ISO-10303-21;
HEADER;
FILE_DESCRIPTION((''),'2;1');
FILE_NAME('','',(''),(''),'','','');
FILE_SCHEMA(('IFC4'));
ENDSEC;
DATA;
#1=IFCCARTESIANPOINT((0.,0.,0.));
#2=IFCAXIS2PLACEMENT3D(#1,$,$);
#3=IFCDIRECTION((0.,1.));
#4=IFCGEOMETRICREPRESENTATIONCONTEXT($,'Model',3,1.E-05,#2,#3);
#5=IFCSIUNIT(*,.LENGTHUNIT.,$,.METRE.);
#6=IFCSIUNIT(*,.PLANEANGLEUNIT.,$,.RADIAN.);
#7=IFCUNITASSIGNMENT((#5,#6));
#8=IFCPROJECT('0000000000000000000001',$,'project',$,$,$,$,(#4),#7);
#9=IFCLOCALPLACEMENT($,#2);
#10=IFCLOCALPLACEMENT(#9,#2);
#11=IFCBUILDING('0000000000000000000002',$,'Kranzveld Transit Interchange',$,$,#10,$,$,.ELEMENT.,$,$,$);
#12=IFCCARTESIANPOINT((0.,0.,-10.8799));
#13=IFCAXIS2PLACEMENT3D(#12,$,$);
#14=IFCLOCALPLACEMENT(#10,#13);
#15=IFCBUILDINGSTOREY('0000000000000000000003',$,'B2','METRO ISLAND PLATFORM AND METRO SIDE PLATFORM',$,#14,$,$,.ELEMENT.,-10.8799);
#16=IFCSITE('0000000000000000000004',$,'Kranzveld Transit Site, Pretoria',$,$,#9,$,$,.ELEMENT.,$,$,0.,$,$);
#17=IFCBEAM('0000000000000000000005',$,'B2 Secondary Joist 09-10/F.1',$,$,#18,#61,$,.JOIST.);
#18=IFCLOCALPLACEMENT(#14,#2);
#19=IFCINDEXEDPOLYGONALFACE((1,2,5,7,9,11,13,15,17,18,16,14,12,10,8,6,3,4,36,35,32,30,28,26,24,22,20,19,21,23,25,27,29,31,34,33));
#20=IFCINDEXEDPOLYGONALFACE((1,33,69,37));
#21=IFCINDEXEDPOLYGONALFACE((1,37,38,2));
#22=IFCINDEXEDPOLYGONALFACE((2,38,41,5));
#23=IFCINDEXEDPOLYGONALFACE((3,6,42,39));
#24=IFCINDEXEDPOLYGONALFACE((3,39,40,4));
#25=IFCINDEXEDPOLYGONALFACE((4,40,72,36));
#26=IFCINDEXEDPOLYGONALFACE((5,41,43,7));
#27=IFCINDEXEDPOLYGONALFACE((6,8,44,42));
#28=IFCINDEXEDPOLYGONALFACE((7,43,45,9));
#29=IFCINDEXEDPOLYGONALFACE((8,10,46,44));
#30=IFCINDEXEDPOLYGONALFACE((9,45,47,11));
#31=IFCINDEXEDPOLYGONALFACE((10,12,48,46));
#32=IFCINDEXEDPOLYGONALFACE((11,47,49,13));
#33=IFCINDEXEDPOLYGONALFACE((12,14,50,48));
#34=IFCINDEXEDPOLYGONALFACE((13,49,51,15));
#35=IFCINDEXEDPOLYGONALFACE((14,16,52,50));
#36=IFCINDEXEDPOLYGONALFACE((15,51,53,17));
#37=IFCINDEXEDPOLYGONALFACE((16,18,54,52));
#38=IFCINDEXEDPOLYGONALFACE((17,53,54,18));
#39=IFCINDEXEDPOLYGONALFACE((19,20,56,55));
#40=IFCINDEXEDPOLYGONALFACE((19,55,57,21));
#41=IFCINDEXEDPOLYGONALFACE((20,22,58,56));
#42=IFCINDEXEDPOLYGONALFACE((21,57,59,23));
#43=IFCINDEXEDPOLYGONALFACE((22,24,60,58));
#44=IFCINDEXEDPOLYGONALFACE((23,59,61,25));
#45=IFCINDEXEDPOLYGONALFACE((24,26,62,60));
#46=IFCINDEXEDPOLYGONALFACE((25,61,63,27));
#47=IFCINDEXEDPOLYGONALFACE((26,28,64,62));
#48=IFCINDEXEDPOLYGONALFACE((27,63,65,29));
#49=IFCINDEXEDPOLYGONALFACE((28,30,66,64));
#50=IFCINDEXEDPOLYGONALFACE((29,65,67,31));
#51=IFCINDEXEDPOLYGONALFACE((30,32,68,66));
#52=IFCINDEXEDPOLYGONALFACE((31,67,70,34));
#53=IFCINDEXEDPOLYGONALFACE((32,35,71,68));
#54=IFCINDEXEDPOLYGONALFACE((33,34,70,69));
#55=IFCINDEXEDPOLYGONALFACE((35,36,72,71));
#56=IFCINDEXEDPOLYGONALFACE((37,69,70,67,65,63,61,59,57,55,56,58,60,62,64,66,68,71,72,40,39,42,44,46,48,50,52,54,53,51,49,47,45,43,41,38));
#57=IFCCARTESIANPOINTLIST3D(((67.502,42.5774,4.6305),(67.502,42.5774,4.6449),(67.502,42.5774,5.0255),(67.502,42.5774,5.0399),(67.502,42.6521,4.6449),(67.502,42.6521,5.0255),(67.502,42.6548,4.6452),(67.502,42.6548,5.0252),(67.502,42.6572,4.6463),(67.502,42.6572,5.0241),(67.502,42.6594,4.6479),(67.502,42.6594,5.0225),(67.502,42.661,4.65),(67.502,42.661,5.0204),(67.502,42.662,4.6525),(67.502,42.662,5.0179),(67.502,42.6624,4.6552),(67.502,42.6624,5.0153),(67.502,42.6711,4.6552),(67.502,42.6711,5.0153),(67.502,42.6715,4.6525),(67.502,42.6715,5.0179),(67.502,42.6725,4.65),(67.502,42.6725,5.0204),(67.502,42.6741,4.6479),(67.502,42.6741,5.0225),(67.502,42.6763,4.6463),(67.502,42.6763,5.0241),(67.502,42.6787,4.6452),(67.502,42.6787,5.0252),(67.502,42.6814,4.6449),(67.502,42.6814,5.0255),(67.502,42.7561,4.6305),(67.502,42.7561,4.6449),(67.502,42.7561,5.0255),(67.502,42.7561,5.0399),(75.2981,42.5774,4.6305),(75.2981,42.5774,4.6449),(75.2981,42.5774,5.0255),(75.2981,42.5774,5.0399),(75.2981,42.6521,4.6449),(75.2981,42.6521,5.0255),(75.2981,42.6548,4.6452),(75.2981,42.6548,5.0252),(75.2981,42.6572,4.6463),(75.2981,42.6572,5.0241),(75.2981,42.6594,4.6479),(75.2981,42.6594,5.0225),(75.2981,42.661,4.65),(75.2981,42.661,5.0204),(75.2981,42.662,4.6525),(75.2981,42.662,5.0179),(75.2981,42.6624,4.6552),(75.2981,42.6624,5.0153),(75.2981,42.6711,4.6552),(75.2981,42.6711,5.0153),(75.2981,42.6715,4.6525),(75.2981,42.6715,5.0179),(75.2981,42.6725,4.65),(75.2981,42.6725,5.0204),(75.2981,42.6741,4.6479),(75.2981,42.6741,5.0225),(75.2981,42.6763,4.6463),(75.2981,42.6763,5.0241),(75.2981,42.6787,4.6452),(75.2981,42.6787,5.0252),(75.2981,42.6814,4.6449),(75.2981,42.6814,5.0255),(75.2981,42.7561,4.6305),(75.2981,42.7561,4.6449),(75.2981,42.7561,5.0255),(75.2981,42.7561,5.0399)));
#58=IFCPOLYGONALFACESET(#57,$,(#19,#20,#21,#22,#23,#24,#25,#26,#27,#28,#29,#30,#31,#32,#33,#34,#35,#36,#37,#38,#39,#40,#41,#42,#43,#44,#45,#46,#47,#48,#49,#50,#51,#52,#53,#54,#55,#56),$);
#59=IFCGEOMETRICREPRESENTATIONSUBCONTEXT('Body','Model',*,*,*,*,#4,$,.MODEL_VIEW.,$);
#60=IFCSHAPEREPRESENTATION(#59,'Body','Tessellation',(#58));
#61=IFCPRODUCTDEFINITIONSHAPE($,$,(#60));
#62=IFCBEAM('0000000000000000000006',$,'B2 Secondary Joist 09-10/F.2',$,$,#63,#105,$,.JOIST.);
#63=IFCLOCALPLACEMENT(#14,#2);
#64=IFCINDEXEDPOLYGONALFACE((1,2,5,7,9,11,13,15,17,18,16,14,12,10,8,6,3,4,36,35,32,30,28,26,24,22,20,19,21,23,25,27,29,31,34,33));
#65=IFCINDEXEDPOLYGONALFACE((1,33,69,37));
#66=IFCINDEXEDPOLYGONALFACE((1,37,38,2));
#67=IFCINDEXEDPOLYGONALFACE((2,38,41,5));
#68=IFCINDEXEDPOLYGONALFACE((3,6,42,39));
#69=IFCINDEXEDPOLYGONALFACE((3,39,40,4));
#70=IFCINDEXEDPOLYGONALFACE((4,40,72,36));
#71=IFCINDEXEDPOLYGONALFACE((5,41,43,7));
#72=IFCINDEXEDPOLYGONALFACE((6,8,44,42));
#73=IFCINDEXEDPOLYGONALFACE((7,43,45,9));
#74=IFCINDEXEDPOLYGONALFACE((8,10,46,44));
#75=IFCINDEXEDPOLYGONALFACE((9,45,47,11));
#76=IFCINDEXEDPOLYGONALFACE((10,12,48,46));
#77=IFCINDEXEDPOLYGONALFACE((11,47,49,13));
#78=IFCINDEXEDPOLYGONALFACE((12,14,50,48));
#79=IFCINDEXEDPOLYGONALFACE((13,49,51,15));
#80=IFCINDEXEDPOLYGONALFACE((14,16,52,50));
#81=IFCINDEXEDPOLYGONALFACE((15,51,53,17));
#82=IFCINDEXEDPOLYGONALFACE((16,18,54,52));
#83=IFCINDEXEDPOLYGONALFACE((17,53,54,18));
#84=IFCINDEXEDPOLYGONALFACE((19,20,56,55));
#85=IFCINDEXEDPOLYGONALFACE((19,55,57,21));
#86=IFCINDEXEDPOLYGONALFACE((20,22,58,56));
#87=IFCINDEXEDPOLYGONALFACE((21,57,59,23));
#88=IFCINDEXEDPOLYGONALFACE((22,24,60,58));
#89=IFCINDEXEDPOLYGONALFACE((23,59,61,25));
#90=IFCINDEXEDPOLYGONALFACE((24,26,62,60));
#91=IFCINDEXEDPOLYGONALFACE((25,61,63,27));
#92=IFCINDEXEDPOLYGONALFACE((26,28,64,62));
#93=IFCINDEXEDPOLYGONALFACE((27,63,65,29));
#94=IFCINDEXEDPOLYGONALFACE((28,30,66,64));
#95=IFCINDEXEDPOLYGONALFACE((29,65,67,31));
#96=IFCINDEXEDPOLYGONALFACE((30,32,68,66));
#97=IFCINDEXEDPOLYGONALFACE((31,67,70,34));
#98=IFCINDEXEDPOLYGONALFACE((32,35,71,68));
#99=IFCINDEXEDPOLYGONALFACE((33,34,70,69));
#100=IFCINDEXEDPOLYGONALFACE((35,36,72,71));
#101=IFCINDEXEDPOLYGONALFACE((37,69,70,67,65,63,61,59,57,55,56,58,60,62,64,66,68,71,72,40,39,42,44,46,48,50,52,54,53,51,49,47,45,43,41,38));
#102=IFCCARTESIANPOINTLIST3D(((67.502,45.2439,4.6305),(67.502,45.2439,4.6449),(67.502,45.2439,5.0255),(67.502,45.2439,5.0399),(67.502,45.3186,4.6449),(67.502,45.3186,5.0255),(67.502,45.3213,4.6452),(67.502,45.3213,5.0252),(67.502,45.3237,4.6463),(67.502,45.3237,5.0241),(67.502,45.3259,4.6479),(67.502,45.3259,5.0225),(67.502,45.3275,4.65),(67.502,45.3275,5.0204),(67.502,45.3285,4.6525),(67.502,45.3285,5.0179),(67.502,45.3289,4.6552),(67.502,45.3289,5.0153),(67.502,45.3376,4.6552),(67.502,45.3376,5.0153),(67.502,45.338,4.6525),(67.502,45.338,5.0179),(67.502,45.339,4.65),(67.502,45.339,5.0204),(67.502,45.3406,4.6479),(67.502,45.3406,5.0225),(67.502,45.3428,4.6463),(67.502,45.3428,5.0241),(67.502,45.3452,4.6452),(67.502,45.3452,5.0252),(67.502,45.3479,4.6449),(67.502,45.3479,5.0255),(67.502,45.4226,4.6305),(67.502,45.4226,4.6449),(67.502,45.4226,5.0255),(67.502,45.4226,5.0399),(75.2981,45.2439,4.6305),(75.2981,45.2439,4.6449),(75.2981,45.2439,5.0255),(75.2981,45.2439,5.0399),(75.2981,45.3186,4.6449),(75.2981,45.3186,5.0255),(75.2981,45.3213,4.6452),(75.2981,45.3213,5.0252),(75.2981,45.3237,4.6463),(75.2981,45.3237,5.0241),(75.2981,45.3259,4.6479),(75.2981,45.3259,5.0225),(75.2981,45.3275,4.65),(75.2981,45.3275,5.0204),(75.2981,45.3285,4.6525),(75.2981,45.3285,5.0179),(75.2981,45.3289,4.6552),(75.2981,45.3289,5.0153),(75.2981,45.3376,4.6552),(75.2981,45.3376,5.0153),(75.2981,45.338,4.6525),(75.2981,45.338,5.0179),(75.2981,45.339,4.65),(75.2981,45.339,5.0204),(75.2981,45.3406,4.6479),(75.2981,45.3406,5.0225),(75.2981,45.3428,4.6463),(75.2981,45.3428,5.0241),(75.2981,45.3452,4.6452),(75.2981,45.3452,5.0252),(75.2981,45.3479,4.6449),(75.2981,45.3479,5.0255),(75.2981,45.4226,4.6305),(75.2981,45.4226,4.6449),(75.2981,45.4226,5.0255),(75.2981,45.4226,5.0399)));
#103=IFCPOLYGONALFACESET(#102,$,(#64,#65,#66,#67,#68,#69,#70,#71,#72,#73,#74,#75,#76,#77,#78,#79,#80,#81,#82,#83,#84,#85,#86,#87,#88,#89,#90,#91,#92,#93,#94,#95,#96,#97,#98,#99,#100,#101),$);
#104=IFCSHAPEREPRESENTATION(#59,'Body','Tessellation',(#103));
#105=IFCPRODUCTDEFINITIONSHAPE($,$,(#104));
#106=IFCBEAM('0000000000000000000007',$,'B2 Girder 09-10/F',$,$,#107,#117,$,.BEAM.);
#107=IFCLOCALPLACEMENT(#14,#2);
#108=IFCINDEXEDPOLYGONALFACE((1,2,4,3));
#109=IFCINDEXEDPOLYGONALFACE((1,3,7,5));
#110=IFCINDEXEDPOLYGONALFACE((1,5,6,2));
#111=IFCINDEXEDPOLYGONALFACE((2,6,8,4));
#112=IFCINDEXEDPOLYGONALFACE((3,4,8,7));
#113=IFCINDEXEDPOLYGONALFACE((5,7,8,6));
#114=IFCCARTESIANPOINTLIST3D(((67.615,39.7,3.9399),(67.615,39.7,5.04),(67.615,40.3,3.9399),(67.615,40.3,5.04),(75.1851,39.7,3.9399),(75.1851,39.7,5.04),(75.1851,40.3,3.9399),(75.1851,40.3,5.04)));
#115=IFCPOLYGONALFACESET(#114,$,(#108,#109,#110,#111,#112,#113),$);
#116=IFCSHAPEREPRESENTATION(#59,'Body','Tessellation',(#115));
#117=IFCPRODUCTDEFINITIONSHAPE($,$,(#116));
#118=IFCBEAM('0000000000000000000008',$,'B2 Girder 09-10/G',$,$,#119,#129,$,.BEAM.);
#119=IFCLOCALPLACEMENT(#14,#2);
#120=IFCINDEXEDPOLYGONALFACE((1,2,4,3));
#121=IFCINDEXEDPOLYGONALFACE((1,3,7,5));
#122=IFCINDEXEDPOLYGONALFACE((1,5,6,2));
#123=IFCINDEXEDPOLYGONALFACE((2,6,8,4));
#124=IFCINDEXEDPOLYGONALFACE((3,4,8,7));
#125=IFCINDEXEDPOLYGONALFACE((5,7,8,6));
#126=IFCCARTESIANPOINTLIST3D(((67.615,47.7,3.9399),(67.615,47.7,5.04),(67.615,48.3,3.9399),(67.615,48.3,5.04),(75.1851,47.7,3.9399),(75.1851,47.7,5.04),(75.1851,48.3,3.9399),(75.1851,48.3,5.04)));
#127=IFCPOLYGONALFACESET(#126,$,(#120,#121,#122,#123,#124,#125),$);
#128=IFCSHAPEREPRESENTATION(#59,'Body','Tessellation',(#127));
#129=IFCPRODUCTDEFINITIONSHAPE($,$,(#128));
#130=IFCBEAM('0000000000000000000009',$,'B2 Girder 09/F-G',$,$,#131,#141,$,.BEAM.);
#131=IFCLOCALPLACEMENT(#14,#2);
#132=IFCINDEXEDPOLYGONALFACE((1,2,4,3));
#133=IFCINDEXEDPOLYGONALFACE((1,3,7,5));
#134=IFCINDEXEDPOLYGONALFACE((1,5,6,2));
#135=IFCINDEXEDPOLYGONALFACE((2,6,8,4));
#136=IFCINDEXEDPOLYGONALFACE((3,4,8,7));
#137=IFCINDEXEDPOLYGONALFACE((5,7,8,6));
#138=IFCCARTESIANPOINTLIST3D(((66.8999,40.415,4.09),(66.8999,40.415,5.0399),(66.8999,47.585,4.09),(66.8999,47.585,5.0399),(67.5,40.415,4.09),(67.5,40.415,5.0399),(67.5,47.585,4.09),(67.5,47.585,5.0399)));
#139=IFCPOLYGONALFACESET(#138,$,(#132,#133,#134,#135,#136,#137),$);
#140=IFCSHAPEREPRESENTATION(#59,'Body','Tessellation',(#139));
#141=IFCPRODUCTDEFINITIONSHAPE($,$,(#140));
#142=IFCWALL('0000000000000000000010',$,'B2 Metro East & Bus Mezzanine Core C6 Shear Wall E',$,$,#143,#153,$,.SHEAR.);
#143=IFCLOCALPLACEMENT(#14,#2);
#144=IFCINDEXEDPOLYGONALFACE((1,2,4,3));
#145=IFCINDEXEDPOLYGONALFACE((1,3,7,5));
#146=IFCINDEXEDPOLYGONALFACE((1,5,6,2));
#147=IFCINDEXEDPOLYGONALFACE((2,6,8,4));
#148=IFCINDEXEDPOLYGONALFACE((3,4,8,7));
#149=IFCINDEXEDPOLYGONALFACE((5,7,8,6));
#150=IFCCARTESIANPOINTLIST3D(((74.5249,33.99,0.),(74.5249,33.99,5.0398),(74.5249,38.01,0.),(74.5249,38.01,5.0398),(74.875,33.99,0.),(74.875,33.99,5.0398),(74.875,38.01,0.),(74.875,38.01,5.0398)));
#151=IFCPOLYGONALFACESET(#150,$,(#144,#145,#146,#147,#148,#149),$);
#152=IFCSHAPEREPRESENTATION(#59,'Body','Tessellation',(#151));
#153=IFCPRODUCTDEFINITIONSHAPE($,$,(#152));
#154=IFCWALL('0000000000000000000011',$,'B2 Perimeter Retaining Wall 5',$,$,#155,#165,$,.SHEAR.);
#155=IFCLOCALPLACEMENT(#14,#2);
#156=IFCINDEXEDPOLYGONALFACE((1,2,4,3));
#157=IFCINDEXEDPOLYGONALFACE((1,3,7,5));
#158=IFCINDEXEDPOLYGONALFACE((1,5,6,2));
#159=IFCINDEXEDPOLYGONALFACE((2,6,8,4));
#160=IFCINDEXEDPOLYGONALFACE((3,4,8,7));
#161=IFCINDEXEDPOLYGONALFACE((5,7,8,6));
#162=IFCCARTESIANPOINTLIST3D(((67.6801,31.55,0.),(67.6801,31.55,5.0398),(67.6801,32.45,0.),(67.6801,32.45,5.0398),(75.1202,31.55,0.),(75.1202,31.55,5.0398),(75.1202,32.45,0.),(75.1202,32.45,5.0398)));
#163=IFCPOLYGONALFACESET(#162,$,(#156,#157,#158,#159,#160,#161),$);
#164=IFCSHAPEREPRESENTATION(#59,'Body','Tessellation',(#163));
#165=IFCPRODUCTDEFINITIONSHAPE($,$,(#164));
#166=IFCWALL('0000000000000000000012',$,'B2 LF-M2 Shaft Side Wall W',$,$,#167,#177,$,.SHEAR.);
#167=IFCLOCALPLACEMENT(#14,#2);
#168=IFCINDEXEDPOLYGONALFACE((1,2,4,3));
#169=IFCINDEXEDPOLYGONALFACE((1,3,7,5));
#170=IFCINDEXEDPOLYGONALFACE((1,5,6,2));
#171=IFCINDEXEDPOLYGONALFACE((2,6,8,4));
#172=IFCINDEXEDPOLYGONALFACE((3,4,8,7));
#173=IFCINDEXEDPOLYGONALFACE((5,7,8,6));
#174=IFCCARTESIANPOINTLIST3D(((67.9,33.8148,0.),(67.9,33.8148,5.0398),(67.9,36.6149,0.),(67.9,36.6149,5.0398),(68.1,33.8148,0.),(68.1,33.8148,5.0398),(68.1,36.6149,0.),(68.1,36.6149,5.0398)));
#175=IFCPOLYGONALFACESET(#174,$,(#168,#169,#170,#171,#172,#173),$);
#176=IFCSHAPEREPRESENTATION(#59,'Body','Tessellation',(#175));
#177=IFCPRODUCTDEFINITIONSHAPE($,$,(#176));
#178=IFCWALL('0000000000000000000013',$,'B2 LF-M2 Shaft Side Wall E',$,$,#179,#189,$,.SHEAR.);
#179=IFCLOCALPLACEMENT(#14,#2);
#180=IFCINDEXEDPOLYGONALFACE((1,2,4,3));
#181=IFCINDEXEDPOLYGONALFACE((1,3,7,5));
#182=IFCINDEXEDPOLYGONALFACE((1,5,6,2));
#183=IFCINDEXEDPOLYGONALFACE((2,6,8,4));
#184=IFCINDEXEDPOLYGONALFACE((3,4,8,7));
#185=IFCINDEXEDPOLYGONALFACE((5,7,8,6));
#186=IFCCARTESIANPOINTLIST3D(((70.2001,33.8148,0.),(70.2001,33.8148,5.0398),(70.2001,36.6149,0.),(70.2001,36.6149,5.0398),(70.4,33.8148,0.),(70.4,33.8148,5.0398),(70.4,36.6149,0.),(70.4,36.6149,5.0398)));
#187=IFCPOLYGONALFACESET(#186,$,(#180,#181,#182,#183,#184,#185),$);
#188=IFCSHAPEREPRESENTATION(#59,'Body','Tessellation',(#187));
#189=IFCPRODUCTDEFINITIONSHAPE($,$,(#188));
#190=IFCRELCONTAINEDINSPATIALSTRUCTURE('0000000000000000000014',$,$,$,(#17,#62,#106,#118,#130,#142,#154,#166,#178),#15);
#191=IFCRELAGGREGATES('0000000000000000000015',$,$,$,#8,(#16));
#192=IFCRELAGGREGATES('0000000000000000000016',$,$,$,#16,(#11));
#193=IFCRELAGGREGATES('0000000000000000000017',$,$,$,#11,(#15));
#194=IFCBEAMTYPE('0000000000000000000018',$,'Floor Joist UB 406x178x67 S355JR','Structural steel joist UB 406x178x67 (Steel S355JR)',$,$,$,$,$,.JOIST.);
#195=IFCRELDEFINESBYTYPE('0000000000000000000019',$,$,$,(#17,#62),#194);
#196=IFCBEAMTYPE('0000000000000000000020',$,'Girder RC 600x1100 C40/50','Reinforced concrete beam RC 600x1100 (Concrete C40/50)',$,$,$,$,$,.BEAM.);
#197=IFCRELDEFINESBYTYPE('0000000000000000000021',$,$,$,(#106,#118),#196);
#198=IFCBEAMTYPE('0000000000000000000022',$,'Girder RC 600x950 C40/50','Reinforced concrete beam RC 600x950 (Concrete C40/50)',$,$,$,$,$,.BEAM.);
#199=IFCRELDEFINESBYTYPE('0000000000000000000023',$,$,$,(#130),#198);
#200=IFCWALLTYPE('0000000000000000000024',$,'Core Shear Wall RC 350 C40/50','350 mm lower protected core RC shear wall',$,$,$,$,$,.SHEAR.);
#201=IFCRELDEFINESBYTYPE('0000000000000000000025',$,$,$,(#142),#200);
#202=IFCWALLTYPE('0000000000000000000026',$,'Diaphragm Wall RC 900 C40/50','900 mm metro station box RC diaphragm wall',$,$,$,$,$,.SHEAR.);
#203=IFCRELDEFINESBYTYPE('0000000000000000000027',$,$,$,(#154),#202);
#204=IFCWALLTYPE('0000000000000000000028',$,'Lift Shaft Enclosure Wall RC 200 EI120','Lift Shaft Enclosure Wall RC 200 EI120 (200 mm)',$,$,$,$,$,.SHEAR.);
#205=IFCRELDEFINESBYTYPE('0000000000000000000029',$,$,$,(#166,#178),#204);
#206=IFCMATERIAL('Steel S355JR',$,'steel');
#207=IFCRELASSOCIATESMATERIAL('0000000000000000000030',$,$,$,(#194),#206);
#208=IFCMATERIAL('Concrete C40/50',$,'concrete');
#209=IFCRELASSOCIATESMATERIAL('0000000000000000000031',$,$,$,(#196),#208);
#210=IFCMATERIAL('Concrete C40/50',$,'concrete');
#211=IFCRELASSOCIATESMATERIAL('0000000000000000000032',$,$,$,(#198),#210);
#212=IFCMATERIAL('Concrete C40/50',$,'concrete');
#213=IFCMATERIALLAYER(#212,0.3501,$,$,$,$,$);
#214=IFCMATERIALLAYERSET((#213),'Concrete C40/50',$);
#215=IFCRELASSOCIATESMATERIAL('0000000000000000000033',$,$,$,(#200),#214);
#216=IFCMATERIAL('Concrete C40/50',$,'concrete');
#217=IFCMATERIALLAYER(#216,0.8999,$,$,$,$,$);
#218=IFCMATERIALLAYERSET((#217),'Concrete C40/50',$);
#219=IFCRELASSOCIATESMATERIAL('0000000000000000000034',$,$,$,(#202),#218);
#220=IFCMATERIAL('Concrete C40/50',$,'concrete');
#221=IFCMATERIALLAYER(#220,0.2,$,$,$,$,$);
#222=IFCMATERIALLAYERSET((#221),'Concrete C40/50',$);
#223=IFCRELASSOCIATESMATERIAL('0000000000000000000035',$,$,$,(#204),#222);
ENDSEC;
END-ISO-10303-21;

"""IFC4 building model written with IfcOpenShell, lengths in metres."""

from ifc_helpers import new_model, si_unit, direction, frame, frame_2d, origin, origin_2d, place, context, subcontext, project, spatial, rectangle, i_section, extrude, material, layer, layer_set, material_profile, profile_set, type_object, element, save


model = new_model("IFC4")

# Units and contexts
model_context = context("Model", 3, precision=1e-05, world=origin(), true_north=direction((0.0, 1.0)))
body_context = subcontext(model_context, "Body", "Model", "MODEL_VIEW")
ifc_project = project(units=[si_unit("LENGTHUNIT", "METRE"), si_unit("PLANEANGLEUNIT", "RADIAN")], contexts=[model_context])

# Site, building, storey
site_placement = place(None, origin())
site = spatial("IfcSite", under=ifc_project, at=site_placement, Name="Kranzveld Transit Site, Pretoria", CompositionType="ELEMENT", RefElevation=0.0)
building_placement = place(site_placement, origin())
building = spatial("IfcBuilding", under=site, at=building_placement, Name="Kranzveld Transit Interchange", CompositionType="ELEMENT")
storey_placement = place(building_placement, frame((0.0, 0.0, -10.8799)))
storey = spatial("IfcBuildingStorey", under=building, at=storey_placement, Name="B2", Description="METRO ISLAND PLATFORM AND METRO SIDE PLATFORM", CompositionType="ELEMENT", Elevation=-10.8799)

# Beams
ifc_material_1 = material(Name="Steel S355JR", Category="steel")
ifc_material_profile_1 = material_profile(ifc_material_1, i_section(OverallWidth=0.1787, OverallDepth=0.4094, WebThickness=0.0088, FlangeThickness=0.0144, FilletRadius=0.0103, at=origin_2d()), Name="UB 406x178x67")
ifc_profile_set_1 = profile_set([ifc_material_profile_1], Name="Steel S355JR")
beam_type_1 = type_object("IfcBeamType", Name="Floor Joist UB 406x178x67 S355JR", Description="Structural steel joist UB 406x178x67 (Steel S355JR)", PredefinedType="JOIST", material=ifc_profile_set_1)
for number, where, z_axis, x_axis, name in (
    (1, (67.502, 42.6667, 4.8352), (1.0, 0.0, 0.0), (0.0, 1.0, 0.0), "B2 Secondary Joist 09-10/F.1"),
    (2, (67.502, 45.3333, 4.8352), (1.0, 0.0, 0.0), (0.0, 1.0, 0.0), "B2 Secondary Joist 09-10/F.2"),
):
    element("IfcBeam", number, at=place(storey_placement, frame(where, z_axis=z_axis, x_axis=x_axis)), inside=storey, type_object=beam_type_1, Name=name, PredefinedType="JOIST", context=body_context, shape_type="SweptSolid", body=[
        extrude(i_section(OverallWidth=0.1787, OverallDepth=0.4094, WebThickness=0.0088, FlangeThickness=0.0144, FilletRadius=0.0103, at=origin_2d()), origin(), (0.0, 0.0, 1.0), 7.7961),
    ])
ifc_material_2 = material(Name="Concrete C40/50", Category="concrete")
ifc_material_profile_2 = material_profile(ifc_material_2, rectangle(XDim=0.6001, YDim=1.1001, at=origin_2d()), Name="RC 600x1100")
ifc_profile_set_2 = profile_set([ifc_material_profile_2], Name="Concrete C40/50")
beam_type_2 = type_object("IfcBeamType", Name="Girder RC 600x1100 C40/50", Description="Reinforced concrete beam RC 600x1100 (Concrete C40/50)", PredefinedType="BEAM", material=ifc_profile_set_2)
for number, where, z_axis, x_axis, name in (
    (3, (67.615, 40.0, 4.49), (1.0, 0.0, 0.0), (0.0, 1.0, 0.0), "B2 Girder 09-10/F"),
    (4, (67.615, 48.0, 4.49), (1.0, 0.0, 0.0), (0.0, 1.0, 0.0), "B2 Girder 09-10/G"),
):
    element("IfcBeam", number, at=place(storey_placement, frame(where, z_axis=z_axis, x_axis=x_axis)), inside=storey, type_object=beam_type_2, Name=name, PredefinedType="BEAM", context=body_context, shape_type="SweptSolid", body=[
        extrude(rectangle(XDim=0.6001, YDim=1.1001, at=origin_2d()), origin(), (0.0, 0.0, 1.0), 7.5701),
    ])
ifc_material_3 = material(Name="Concrete C40/50", Category="concrete")
ifc_material_profile_3 = material_profile(ifc_material_3, rectangle(XDim=0.6001, YDim=0.95, at=origin_2d()), Name="RC 600x950")
ifc_profile_set_3 = profile_set([ifc_material_profile_3], Name="Concrete C40/50")
beam_type_3 = type_object("IfcBeamType", Name="Girder RC 600x950 C40/50", Description="Reinforced concrete beam RC 600x950 (Concrete C40/50)", PredefinedType="BEAM", material=ifc_profile_set_3)
beam_placement = place(storey_placement, frame((67.2, 40.415, 4.5649), z_axis=(0.0, 1.0, 0.0), x_axis=(-1.0, 0.0, 0.0)))
element("IfcBeam", 5, at=beam_placement, inside=storey, type_object=beam_type_3, Name="B2 Girder 09/F-G", PredefinedType="BEAM", context=body_context, shape_type="SweptSolid", body=[
    extrude(rectangle(XDim=0.6001, YDim=0.95, at=origin_2d()), origin(), (0.0, 0.0, 1.0), 7.1699),
])

# Walls
ifc_material_4 = material(Name="Concrete C40/50", Category="concrete")
ifc_layer_1 = layer(ifc_material_4, 0.3501)
ifc_layer_set_1 = layer_set([ifc_layer_1], Name="Concrete C40/50")
wall_type_1 = type_object("IfcWallType", Name="Core Shear Wall RC 350 C40/50", Description="350 mm lower protected core RC shear wall", PredefinedType="SHEAR", material=ifc_layer_set_1)
wall_1_placement = place(storey_placement, frame((74.7, 33.99, 0.0), z_axis=(0.0, 0.0, 1.0), x_axis=(0.0, 1.0, 0.0)))
element("IfcWall", 6, at=wall_1_placement, inside=storey, type_object=wall_type_1, Name="B2 Metro East & Bus Mezzanine Core C6 Shear Wall E", PredefinedType="SHEAR", context=body_context, shape_type="SweptSolid", body=[
    extrude(rectangle(XDim=4.02, YDim=0.3501, at=frame_2d((2.01, 0.0))), origin(), (0.0, 0.0, 1.0), 5.0398),
])
ifc_material_5 = material(Name="Concrete C40/50", Category="concrete")
ifc_layer_2 = layer(ifc_material_5, 0.8999)
ifc_layer_set_2 = layer_set([ifc_layer_2], Name="Concrete C40/50")
wall_type_2 = type_object("IfcWallType", Name="Diaphragm Wall RC 900 C40/50", Description="900 mm metro station box RC diaphragm wall", PredefinedType="SHEAR", material=ifc_layer_set_2)
wall_2_placement = place(storey_placement, frame((67.6799, 32.0, 0.0), z_axis=(0.0, 0.0, 1.0), x_axis=(1.0, 0.0, 0.0)))
element("IfcWall", 7, at=wall_2_placement, inside=storey, type_object=wall_type_2, Name="B2 Perimeter Retaining Wall 5", PredefinedType="SHEAR", context=body_context, shape_type="SweptSolid", body=[
    extrude(rectangle(XDim=7.4402, YDim=0.8999, at=frame_2d((3.7202, 0.0))), origin(), (0.0, 0.0, 1.0), 5.0398),
])

# Shared definitions
ifc_material_6 = material(Name="Concrete C40/50", Category="concrete")
ifc_layer_3 = layer(ifc_material_6, 0.2)
ifc_layer_set_3 = layer_set([ifc_layer_3], Name="Concrete C40/50")
wall_type_3 = type_object("IfcWallType", Name="Lift Shaft Enclosure Wall RC 200 EI120", Description="Lift Shaft Enclosure Wall RC 200 EI120 (200 mm)", PredefinedType="SHEAR", material=ifc_layer_set_3)

# Walls
for number, where, z_axis, x_axis, name in (
    (8, (68.0, 33.8149, 0.0), (0.0, 0.0, 1.0), (0.0, 1.0, 0.0), "B2 LF-M2 Shaft Side Wall W"),
    (9, (70.3, 33.8149, 0.0), (0.0, 0.0, 1.0), (0.0, 1.0, 0.0), "B2 LF-M2 Shaft Side Wall E"),
):
    element("IfcWall", number, at=place(storey_placement, frame(where, z_axis=z_axis, x_axis=x_axis)), inside=storey, type_object=wall_type_3, Name=name, PredefinedType="SHEAR", context=body_context, shape_type="SweptSolid", body=[
        extrude(rectangle(XDim=2.8, YDim=0.2, at=frame_2d((1.3999, 0.0))), origin(), (0.0, 0.0, 1.0), 5.0398),
    ])

save(model, "model.ifc")
